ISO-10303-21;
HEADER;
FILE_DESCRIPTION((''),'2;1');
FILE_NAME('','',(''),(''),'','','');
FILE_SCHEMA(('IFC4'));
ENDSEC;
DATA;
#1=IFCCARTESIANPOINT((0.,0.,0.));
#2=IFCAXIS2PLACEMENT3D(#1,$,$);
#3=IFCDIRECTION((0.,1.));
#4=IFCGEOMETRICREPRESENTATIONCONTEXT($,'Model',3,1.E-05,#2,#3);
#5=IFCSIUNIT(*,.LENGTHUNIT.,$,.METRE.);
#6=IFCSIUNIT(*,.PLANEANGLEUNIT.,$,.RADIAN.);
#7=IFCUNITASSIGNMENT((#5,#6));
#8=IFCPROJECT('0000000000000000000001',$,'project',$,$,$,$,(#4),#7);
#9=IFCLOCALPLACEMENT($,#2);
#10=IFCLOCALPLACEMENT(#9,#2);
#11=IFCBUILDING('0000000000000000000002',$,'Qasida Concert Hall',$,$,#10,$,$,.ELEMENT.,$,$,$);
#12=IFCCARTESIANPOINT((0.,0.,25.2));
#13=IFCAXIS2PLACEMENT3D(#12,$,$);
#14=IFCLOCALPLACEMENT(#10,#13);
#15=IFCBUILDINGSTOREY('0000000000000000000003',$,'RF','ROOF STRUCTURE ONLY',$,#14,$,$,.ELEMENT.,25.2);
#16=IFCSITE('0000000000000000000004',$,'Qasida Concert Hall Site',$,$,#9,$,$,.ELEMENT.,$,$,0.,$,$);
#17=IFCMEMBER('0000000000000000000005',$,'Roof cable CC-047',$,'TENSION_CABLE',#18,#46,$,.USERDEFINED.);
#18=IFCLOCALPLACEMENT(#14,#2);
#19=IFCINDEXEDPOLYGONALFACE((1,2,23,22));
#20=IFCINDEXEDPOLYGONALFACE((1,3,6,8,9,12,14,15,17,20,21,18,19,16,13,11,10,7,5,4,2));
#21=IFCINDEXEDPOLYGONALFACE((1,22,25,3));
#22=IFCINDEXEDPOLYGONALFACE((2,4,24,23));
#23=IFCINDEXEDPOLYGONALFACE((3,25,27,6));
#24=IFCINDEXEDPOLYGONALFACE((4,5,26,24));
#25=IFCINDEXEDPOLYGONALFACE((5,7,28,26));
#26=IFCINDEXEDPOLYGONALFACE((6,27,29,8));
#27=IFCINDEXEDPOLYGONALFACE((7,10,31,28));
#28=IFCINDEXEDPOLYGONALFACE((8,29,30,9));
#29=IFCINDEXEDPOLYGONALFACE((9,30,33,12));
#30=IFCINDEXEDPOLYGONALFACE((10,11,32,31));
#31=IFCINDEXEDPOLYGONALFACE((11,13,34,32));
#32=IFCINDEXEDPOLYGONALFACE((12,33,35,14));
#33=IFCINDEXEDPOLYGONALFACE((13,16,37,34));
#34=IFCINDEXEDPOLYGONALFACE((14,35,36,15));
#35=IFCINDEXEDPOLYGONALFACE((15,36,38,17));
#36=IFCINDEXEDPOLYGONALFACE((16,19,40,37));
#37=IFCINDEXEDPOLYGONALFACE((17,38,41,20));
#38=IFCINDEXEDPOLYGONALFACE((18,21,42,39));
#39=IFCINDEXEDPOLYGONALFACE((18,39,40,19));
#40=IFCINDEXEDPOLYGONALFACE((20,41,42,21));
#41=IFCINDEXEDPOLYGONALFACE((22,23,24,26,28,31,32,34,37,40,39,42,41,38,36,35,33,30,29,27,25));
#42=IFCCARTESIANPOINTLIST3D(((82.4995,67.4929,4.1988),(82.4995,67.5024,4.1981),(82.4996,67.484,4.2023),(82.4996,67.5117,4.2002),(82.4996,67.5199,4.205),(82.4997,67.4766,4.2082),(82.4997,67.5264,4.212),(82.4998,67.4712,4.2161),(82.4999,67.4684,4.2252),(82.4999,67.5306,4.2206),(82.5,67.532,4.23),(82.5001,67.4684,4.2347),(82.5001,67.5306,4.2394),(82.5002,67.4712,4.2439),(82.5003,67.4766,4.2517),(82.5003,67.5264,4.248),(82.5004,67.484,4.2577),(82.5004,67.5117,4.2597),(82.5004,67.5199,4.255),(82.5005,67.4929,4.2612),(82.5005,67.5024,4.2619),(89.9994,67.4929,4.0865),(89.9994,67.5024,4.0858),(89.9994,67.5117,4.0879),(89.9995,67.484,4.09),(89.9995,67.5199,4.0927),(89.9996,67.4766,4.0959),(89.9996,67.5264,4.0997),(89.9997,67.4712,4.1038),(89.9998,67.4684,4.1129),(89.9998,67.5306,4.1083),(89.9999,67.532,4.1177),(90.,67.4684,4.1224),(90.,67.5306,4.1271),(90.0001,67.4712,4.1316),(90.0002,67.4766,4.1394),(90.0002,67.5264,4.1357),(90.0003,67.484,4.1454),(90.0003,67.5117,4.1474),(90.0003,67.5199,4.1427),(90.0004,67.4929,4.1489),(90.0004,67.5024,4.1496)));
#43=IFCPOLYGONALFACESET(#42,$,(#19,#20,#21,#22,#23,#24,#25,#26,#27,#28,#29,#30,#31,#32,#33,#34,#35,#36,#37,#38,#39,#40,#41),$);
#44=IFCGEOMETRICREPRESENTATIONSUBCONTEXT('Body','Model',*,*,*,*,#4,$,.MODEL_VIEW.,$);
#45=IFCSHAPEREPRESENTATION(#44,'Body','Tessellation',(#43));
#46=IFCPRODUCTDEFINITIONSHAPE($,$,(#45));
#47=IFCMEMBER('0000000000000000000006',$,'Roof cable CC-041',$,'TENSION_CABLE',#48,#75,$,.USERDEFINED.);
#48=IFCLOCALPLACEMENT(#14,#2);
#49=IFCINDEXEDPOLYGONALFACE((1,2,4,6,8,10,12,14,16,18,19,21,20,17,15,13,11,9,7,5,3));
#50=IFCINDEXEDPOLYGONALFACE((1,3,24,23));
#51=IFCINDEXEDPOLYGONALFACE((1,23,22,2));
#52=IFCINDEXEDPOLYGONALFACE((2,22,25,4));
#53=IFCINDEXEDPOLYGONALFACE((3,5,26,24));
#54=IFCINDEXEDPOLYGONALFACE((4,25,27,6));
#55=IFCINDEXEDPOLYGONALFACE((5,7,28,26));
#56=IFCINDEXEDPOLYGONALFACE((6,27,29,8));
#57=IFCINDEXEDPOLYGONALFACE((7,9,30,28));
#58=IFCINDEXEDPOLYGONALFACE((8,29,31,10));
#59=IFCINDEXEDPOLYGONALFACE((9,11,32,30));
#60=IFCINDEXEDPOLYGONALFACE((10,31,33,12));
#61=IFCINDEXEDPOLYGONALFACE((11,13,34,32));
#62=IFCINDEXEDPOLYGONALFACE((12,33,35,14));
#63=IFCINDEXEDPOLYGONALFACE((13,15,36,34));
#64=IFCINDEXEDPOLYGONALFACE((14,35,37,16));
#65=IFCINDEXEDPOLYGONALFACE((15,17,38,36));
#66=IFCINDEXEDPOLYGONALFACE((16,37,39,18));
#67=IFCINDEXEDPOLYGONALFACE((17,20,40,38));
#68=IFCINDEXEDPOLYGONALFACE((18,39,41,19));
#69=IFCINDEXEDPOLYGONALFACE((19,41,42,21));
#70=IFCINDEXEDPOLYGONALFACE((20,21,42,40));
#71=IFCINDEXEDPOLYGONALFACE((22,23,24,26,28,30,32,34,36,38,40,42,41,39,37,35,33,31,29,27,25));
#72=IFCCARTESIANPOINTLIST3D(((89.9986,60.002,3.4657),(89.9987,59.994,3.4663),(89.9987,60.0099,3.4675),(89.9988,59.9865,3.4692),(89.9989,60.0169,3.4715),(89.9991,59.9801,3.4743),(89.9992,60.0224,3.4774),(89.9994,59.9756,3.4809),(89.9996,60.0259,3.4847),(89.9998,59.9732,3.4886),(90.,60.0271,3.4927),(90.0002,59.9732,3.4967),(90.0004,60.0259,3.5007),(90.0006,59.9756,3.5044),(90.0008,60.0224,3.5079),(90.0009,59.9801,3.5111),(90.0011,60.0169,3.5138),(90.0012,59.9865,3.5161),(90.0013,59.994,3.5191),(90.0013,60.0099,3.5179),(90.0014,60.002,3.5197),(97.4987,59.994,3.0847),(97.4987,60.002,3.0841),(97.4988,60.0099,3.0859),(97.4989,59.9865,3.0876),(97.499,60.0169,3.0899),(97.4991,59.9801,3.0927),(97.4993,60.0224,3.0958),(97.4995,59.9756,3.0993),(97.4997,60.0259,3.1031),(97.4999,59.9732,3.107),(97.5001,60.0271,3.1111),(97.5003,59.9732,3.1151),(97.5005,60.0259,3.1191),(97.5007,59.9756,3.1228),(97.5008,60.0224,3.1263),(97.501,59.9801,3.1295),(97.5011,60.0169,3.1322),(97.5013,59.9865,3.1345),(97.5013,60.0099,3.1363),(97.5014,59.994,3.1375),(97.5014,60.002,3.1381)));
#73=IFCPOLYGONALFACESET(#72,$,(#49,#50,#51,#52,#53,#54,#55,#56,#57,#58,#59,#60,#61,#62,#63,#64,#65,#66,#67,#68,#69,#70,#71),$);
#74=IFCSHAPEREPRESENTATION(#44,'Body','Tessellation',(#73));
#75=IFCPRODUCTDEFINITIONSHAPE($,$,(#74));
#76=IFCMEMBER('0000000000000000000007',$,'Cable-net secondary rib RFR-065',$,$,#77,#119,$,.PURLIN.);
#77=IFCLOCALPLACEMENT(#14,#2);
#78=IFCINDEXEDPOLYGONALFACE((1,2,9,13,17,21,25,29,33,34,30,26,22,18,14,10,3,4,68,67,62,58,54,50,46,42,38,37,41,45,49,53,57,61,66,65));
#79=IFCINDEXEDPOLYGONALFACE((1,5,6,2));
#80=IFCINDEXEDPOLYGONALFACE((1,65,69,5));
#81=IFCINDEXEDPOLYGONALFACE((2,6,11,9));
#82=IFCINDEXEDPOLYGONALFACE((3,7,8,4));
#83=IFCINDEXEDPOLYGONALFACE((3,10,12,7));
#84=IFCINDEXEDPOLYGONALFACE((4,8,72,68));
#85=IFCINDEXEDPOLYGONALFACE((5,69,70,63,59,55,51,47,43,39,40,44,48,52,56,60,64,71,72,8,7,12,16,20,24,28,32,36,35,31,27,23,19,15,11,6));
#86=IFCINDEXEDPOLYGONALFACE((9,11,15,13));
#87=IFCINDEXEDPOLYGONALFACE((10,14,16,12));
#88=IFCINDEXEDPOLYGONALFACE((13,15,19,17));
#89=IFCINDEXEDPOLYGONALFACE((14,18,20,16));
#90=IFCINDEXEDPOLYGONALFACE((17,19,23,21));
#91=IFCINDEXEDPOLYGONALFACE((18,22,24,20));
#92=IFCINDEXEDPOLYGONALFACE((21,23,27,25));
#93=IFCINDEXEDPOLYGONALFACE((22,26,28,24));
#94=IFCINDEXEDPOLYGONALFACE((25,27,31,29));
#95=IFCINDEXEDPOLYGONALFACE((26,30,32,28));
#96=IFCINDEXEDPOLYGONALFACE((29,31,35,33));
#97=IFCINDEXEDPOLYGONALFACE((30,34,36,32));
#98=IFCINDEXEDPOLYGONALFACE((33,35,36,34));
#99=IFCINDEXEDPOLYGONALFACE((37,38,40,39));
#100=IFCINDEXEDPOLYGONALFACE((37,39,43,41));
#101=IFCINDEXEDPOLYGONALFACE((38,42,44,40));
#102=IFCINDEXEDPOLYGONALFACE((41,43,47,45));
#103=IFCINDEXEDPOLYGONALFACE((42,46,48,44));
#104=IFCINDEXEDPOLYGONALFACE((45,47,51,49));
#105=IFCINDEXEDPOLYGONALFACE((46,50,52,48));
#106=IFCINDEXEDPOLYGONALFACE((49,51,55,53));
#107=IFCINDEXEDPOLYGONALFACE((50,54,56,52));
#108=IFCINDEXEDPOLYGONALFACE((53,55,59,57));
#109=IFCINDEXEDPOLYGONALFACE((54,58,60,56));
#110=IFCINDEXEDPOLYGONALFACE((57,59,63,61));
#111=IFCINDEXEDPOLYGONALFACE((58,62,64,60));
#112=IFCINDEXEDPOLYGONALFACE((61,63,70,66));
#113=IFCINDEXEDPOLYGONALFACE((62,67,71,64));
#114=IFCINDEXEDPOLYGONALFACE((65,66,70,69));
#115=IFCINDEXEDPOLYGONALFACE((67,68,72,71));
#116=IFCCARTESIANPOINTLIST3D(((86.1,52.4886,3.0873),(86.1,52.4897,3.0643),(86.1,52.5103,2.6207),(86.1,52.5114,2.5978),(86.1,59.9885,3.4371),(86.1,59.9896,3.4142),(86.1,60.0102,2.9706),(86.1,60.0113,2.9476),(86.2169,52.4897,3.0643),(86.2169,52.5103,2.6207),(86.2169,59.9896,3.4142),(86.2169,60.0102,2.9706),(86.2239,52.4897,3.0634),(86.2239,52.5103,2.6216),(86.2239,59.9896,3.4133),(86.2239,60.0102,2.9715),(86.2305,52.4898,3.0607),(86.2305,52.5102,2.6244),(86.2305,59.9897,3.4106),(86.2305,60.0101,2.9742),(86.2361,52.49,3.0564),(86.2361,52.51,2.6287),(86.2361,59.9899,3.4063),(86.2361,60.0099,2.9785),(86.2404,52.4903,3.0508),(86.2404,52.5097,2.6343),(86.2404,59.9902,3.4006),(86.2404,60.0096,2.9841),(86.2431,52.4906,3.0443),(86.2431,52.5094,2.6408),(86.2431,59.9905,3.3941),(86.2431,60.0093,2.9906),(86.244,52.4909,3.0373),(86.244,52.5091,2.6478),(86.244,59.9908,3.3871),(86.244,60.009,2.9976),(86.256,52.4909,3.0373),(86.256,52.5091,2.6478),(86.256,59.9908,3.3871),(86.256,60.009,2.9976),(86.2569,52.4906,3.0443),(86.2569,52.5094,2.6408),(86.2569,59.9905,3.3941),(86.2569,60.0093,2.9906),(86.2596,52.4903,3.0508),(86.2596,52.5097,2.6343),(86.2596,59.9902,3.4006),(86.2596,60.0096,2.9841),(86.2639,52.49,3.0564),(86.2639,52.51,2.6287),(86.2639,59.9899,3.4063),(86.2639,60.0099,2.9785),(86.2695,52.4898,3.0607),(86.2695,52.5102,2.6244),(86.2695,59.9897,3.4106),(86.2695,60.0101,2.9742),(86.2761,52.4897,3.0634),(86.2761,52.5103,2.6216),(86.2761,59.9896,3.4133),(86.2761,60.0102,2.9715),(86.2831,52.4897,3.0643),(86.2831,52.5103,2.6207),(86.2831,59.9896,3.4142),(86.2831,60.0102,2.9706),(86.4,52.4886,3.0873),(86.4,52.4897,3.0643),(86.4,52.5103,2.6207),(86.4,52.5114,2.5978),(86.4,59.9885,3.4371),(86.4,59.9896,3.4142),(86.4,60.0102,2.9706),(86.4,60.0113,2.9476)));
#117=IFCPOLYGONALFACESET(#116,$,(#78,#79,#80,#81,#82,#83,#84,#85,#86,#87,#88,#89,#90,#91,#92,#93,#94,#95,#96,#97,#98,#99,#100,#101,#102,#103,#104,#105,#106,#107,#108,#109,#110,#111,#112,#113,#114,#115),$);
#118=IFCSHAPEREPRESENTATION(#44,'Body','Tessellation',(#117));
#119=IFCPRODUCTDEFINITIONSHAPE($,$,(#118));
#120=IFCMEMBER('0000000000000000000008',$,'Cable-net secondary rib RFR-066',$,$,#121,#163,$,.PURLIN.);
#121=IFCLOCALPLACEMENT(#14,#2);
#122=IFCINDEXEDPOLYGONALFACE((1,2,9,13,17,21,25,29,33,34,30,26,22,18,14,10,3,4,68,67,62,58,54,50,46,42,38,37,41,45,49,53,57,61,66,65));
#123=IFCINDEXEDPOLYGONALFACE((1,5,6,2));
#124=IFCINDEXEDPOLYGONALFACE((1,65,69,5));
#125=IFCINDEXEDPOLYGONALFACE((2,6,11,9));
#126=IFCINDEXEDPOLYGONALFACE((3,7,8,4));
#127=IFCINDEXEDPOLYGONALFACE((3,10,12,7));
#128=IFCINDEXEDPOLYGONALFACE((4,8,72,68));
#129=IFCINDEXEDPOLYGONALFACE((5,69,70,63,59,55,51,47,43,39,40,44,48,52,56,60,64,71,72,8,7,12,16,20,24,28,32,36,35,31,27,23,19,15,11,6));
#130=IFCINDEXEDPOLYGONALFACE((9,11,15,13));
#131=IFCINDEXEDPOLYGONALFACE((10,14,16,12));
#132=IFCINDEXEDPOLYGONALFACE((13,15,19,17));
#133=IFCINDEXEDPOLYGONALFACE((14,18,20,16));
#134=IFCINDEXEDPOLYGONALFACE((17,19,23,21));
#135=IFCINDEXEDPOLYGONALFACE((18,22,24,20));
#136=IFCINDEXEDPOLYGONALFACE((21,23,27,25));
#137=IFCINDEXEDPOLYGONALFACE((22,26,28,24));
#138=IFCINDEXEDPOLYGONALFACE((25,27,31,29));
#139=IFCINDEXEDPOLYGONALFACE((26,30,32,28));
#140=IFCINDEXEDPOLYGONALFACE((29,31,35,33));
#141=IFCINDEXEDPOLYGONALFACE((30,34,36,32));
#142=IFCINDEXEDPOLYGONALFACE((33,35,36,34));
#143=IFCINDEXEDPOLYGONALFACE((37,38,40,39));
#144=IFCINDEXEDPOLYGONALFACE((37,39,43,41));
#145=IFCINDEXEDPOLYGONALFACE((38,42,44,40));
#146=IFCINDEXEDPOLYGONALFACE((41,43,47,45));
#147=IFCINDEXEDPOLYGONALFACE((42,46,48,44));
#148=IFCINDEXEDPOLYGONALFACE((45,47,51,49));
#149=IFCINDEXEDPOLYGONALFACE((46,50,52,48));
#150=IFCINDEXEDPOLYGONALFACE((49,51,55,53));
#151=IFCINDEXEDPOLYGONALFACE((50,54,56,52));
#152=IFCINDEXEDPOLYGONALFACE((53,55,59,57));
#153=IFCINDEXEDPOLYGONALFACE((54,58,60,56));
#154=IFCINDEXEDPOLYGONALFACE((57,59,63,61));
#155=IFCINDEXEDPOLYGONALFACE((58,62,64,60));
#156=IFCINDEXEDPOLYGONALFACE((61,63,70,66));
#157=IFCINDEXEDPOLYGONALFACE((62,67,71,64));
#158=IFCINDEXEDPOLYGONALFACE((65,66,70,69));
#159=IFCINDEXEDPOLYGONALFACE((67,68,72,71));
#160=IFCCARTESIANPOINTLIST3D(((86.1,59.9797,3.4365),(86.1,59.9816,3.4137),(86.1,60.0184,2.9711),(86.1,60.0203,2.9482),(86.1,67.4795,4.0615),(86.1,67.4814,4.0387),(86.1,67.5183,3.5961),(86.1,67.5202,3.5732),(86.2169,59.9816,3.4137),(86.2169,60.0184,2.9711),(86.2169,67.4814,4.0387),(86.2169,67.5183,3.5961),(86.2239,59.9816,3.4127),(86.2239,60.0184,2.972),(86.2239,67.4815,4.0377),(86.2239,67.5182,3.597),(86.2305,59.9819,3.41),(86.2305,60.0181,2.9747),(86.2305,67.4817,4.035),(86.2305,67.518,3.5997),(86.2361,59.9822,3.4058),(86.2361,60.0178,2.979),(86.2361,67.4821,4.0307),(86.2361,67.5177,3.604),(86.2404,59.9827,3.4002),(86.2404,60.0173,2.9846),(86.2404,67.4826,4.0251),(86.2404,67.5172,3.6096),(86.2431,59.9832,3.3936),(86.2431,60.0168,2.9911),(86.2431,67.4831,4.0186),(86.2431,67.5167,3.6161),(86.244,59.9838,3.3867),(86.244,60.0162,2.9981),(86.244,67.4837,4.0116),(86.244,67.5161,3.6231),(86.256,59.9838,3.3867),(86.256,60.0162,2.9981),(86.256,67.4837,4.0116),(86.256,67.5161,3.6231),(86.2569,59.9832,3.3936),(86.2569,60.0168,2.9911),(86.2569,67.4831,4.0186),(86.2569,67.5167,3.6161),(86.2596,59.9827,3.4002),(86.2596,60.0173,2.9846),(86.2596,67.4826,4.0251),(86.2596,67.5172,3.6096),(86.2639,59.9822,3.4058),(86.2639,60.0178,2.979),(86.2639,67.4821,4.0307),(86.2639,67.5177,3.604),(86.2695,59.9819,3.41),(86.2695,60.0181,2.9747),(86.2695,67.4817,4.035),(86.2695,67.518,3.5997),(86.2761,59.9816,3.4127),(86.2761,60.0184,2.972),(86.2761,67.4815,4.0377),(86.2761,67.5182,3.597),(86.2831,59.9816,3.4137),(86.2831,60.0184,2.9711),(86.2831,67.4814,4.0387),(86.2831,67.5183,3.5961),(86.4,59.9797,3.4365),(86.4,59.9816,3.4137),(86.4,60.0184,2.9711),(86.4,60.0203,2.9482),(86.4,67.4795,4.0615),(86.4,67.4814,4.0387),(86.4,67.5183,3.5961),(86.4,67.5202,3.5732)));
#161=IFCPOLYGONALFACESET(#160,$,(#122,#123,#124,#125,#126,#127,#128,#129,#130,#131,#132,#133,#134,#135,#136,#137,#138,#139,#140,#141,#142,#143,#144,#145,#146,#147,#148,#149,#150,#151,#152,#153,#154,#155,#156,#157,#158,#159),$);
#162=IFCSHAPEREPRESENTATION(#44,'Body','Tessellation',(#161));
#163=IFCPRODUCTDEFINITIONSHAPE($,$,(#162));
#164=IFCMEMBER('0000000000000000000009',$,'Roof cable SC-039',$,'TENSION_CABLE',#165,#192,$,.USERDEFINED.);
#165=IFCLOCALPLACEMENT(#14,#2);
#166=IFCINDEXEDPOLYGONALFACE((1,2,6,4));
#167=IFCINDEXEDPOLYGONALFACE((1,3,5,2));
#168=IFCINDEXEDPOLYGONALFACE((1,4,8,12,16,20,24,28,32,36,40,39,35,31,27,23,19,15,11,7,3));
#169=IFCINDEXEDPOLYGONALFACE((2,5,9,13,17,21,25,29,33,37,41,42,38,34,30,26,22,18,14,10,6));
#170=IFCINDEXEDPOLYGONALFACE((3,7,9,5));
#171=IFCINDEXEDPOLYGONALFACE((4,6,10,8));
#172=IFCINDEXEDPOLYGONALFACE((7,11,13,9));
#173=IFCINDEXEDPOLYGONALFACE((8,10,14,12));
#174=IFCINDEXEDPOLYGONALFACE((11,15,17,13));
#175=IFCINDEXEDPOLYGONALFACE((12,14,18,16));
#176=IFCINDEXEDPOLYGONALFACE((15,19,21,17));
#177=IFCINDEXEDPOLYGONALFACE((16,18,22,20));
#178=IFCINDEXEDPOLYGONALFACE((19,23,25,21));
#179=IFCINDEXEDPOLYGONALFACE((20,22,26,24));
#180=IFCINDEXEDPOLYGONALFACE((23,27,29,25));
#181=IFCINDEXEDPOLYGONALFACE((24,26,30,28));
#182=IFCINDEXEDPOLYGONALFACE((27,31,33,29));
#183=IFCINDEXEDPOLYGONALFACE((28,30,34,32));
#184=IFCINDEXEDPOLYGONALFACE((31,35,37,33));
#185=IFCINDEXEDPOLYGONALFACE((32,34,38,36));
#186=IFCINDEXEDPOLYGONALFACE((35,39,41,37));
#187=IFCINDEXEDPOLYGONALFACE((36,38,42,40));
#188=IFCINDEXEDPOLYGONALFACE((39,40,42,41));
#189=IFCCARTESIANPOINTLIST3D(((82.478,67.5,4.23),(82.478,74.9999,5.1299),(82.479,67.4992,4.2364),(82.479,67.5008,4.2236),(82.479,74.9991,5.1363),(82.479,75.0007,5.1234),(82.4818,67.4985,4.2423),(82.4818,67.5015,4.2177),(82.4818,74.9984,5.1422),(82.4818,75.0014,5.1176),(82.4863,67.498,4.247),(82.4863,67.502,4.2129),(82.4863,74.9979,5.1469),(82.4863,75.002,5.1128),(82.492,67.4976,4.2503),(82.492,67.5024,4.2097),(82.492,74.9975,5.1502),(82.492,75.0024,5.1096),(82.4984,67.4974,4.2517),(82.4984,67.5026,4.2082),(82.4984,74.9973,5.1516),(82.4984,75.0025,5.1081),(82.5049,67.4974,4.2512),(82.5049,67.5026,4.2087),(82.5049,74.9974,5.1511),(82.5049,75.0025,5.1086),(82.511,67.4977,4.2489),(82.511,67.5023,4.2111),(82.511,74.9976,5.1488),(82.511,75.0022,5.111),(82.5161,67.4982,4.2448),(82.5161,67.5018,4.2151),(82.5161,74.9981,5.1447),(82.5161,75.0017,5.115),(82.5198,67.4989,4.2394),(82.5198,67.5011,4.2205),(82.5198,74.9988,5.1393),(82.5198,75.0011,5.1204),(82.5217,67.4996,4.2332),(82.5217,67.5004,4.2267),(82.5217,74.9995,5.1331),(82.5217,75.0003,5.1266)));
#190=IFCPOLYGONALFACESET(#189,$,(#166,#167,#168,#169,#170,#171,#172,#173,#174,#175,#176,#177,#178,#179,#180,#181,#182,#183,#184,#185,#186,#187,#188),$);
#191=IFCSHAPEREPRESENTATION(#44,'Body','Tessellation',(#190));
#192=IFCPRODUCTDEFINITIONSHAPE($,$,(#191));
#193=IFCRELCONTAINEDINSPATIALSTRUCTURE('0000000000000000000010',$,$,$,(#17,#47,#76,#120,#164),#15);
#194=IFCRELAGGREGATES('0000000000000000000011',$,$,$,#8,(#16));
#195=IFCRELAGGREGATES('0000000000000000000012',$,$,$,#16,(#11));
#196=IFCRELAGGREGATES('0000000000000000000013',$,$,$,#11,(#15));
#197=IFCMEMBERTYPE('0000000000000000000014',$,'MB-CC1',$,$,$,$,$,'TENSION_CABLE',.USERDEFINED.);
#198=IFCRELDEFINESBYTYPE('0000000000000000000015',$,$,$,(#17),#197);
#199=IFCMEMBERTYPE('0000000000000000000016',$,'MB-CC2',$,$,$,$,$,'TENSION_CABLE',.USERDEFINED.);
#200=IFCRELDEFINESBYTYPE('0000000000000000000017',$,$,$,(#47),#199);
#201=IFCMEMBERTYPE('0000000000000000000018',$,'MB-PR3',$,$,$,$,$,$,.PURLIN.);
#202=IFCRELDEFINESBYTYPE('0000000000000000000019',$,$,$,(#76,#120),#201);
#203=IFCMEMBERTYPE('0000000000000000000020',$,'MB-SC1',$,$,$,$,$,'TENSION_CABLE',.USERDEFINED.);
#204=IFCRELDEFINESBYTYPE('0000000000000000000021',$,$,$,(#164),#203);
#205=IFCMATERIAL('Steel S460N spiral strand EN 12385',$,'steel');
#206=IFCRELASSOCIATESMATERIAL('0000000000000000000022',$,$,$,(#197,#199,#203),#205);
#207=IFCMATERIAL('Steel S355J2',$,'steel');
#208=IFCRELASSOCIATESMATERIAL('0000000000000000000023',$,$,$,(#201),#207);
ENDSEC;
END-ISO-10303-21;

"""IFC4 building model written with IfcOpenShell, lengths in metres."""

from ifc_helpers import new_model, si_unit, direction, frame, origin, origin_2d, place, context, subcontext, project, spatial, circle, i_section, extrude, material, material_profile, profile_set, type_object, element, save


model = new_model("IFC4")

# Units and contexts
model_context = context("Model", 3, precision=1e-05, world=origin(), true_north=direction((0.0, 1.0)))
body_context = subcontext(model_context, "Body", "Model", "MODEL_VIEW")
ifc_project = project(units=[si_unit("LENGTHUNIT", "METRE"), si_unit("PLANEANGLEUNIT", "RADIAN")], contexts=[model_context])

# Site, building, storey
site_placement = place(None, origin())
site = spatial("IfcSite", under=ifc_project, at=site_placement, Name="Qasida Concert Hall Site", CompositionType="ELEMENT", RefElevation=0.0)
building_placement = place(site_placement, origin())
building = spatial("IfcBuilding", under=site, at=building_placement, Name="Qasida Concert Hall", CompositionType="ELEMENT")
storey_placement = place(building_placement, frame((0.0, 0.0, 25.2)))
storey = spatial("IfcBuildingStorey", under=building, at=storey_placement, Name="RF", Description="ROOF STRUCTURE ONLY", CompositionType="ELEMENT", Elevation=25.2)

# Members
ifc_material_1 = material(Name="Steel S460N spiral strand EN 12385", Category="steel")
ifc_material_profile_1 = material_profile(ifc_material_1, circle(Radius=0.032, at=origin_2d()), Name="STRAND D64")
ifc_profile_set_1 = profile_set([ifc_material_profile_1], Name="Steel S460N spiral strand EN 12385")
member_type_1 = type_object("IfcMemberType", Name="MB-CC1", ElementType="TENSION_CABLE", PredefinedType="USERDEFINED", material=ifc_profile_set_1)
member_1_placement = place(storey_placement, frame((82.5, 67.5, 4.23), z_axis=(0.999888, 0.0, -0.014972), x_axis=(0.0, 1.0, 0.0)))
element("IfcMember", 1, at=member_1_placement, inside=storey, type_object=member_type_1, Name="Roof cable CC-047", ObjectType="TENSION_CABLE", PredefinedType="USERDEFINED", context=body_context, shape_type="SweptSolid", body=[
    extrude(circle(Radius=0.032, at=origin_2d()), origin(), (0.0, 0.0, 1.0), 7.5007),
])
ifc_material_profile_2 = material_profile(ifc_material_1, circle(Radius=0.0271, at=origin_2d()), Name="STRAND D54")
ifc_profile_set_2 = profile_set([ifc_material_profile_2], Name="Steel S460N spiral strand EN 12385")
member_type_2 = type_object("IfcMemberType", Name="MB-CC2", ElementType="TENSION_CABLE", PredefinedType="USERDEFINED", material=ifc_profile_set_2)
member_2_placement = place(storey_placement, frame((90.0, 60.0, 3.4927), z_axis=(0.998708, 0.0, -0.050813), x_axis=(0.0, 1.0, 0.0)))
element("IfcMember", 2, at=member_2_placement, inside=storey, type_object=member_type_2, Name="Roof cable CC-041", ObjectType="TENSION_CABLE", PredefinedType="USERDEFINED", context=body_context, shape_type="SweptSolid", body=[
    extrude(circle(Radius=0.0271, at=origin_2d()), origin(), (0.0, 0.0, 1.0), 7.5098),
])
ifc_material_2 = material(Name="Steel S355J2", Category="steel")
ifc_material_profile_3 = material_profile(ifc_material_2, i_section(OverallWidth=0.3, OverallDepth=0.49, WebThickness=0.012, FlangeThickness=0.0229, FilletRadius=0.0271, at=origin_2d()), Name="HEA 500")
ifc_profile_set_3 = profile_set([ifc_material_profile_3], Name="Steel S355J2")
member_type_3 = type_object("IfcMemberType", Name="MB-PR3", PredefinedType="PURLIN", material=ifc_profile_set_3)
member_3_placement = place(storey_placement, frame((86.25, 52.5, 2.8425), z_axis=(0.0, 0.998914, 0.046596), x_axis=(-1.0, 0.0, 0.0)))
element("IfcMember", 3, at=member_3_placement, inside=storey, type_object=member_type_3, Name="Cable-net secondary rib RFR-065", PredefinedType="PURLIN", context=body_context, shape_type="SweptSolid", body=[
    extrude(i_section(OverallWidth=0.3, OverallDepth=0.49, WebThickness=0.012, FlangeThickness=0.0229, FilletRadius=0.0271, at=origin_2d()), origin(), (0.0, 0.0, 1.0), 7.5081),
])
member_4_placement = place(storey_placement, frame((86.25, 60.0, 3.1924), z_axis=(0.0, 0.996546, 0.083045), x_axis=(-1.0, 0.0, 0.0)))
element("IfcMember", 4, at=member_4_placement, inside=storey, type_object=member_type_3, Name="Cable-net secondary rib RFR-066", PredefinedType="PURLIN", context=body_context, shape_type="SweptSolid", body=[
    extrude(i_section(OverallWidth=0.3, OverallDepth=0.49, WebThickness=0.012, FlangeThickness=0.0229, FilletRadius=0.0271, at=origin_2d()), origin(), (0.0, 0.0, 1.0), 7.5259),
])
ifc_material_profile_4 = material_profile(ifc_material_1, circle(Radius=0.022, at=origin_2d()), Name="STRAND D44")
ifc_profile_set_4 = profile_set([ifc_material_profile_4], Name="Steel S460N spiral strand EN 12385")
member_type_4 = type_object("IfcMemberType", Name="MB-SC1", ElementType="TENSION_CABLE", PredefinedType="USERDEFINED", material=ifc_profile_set_4)
member_5_placement = place(storey_placement, frame((82.5, 67.5, 4.23), z_axis=(0.0, 0.992878, 0.119132), x_axis=(-1.0, 0.0, 0.0)))
element("IfcMember", 5, at=member_5_placement, inside=storey, type_object=member_type_4, Name="Roof cable SC-039", ObjectType="TENSION_CABLE", PredefinedType="USERDEFINED", context=body_context, shape_type="SweptSolid", body=[
    extrude(circle(Radius=0.022, at=origin_2d()), origin(), (0.0, 0.0, 1.0), 7.5537),
])

save(model, "model.ifc")
